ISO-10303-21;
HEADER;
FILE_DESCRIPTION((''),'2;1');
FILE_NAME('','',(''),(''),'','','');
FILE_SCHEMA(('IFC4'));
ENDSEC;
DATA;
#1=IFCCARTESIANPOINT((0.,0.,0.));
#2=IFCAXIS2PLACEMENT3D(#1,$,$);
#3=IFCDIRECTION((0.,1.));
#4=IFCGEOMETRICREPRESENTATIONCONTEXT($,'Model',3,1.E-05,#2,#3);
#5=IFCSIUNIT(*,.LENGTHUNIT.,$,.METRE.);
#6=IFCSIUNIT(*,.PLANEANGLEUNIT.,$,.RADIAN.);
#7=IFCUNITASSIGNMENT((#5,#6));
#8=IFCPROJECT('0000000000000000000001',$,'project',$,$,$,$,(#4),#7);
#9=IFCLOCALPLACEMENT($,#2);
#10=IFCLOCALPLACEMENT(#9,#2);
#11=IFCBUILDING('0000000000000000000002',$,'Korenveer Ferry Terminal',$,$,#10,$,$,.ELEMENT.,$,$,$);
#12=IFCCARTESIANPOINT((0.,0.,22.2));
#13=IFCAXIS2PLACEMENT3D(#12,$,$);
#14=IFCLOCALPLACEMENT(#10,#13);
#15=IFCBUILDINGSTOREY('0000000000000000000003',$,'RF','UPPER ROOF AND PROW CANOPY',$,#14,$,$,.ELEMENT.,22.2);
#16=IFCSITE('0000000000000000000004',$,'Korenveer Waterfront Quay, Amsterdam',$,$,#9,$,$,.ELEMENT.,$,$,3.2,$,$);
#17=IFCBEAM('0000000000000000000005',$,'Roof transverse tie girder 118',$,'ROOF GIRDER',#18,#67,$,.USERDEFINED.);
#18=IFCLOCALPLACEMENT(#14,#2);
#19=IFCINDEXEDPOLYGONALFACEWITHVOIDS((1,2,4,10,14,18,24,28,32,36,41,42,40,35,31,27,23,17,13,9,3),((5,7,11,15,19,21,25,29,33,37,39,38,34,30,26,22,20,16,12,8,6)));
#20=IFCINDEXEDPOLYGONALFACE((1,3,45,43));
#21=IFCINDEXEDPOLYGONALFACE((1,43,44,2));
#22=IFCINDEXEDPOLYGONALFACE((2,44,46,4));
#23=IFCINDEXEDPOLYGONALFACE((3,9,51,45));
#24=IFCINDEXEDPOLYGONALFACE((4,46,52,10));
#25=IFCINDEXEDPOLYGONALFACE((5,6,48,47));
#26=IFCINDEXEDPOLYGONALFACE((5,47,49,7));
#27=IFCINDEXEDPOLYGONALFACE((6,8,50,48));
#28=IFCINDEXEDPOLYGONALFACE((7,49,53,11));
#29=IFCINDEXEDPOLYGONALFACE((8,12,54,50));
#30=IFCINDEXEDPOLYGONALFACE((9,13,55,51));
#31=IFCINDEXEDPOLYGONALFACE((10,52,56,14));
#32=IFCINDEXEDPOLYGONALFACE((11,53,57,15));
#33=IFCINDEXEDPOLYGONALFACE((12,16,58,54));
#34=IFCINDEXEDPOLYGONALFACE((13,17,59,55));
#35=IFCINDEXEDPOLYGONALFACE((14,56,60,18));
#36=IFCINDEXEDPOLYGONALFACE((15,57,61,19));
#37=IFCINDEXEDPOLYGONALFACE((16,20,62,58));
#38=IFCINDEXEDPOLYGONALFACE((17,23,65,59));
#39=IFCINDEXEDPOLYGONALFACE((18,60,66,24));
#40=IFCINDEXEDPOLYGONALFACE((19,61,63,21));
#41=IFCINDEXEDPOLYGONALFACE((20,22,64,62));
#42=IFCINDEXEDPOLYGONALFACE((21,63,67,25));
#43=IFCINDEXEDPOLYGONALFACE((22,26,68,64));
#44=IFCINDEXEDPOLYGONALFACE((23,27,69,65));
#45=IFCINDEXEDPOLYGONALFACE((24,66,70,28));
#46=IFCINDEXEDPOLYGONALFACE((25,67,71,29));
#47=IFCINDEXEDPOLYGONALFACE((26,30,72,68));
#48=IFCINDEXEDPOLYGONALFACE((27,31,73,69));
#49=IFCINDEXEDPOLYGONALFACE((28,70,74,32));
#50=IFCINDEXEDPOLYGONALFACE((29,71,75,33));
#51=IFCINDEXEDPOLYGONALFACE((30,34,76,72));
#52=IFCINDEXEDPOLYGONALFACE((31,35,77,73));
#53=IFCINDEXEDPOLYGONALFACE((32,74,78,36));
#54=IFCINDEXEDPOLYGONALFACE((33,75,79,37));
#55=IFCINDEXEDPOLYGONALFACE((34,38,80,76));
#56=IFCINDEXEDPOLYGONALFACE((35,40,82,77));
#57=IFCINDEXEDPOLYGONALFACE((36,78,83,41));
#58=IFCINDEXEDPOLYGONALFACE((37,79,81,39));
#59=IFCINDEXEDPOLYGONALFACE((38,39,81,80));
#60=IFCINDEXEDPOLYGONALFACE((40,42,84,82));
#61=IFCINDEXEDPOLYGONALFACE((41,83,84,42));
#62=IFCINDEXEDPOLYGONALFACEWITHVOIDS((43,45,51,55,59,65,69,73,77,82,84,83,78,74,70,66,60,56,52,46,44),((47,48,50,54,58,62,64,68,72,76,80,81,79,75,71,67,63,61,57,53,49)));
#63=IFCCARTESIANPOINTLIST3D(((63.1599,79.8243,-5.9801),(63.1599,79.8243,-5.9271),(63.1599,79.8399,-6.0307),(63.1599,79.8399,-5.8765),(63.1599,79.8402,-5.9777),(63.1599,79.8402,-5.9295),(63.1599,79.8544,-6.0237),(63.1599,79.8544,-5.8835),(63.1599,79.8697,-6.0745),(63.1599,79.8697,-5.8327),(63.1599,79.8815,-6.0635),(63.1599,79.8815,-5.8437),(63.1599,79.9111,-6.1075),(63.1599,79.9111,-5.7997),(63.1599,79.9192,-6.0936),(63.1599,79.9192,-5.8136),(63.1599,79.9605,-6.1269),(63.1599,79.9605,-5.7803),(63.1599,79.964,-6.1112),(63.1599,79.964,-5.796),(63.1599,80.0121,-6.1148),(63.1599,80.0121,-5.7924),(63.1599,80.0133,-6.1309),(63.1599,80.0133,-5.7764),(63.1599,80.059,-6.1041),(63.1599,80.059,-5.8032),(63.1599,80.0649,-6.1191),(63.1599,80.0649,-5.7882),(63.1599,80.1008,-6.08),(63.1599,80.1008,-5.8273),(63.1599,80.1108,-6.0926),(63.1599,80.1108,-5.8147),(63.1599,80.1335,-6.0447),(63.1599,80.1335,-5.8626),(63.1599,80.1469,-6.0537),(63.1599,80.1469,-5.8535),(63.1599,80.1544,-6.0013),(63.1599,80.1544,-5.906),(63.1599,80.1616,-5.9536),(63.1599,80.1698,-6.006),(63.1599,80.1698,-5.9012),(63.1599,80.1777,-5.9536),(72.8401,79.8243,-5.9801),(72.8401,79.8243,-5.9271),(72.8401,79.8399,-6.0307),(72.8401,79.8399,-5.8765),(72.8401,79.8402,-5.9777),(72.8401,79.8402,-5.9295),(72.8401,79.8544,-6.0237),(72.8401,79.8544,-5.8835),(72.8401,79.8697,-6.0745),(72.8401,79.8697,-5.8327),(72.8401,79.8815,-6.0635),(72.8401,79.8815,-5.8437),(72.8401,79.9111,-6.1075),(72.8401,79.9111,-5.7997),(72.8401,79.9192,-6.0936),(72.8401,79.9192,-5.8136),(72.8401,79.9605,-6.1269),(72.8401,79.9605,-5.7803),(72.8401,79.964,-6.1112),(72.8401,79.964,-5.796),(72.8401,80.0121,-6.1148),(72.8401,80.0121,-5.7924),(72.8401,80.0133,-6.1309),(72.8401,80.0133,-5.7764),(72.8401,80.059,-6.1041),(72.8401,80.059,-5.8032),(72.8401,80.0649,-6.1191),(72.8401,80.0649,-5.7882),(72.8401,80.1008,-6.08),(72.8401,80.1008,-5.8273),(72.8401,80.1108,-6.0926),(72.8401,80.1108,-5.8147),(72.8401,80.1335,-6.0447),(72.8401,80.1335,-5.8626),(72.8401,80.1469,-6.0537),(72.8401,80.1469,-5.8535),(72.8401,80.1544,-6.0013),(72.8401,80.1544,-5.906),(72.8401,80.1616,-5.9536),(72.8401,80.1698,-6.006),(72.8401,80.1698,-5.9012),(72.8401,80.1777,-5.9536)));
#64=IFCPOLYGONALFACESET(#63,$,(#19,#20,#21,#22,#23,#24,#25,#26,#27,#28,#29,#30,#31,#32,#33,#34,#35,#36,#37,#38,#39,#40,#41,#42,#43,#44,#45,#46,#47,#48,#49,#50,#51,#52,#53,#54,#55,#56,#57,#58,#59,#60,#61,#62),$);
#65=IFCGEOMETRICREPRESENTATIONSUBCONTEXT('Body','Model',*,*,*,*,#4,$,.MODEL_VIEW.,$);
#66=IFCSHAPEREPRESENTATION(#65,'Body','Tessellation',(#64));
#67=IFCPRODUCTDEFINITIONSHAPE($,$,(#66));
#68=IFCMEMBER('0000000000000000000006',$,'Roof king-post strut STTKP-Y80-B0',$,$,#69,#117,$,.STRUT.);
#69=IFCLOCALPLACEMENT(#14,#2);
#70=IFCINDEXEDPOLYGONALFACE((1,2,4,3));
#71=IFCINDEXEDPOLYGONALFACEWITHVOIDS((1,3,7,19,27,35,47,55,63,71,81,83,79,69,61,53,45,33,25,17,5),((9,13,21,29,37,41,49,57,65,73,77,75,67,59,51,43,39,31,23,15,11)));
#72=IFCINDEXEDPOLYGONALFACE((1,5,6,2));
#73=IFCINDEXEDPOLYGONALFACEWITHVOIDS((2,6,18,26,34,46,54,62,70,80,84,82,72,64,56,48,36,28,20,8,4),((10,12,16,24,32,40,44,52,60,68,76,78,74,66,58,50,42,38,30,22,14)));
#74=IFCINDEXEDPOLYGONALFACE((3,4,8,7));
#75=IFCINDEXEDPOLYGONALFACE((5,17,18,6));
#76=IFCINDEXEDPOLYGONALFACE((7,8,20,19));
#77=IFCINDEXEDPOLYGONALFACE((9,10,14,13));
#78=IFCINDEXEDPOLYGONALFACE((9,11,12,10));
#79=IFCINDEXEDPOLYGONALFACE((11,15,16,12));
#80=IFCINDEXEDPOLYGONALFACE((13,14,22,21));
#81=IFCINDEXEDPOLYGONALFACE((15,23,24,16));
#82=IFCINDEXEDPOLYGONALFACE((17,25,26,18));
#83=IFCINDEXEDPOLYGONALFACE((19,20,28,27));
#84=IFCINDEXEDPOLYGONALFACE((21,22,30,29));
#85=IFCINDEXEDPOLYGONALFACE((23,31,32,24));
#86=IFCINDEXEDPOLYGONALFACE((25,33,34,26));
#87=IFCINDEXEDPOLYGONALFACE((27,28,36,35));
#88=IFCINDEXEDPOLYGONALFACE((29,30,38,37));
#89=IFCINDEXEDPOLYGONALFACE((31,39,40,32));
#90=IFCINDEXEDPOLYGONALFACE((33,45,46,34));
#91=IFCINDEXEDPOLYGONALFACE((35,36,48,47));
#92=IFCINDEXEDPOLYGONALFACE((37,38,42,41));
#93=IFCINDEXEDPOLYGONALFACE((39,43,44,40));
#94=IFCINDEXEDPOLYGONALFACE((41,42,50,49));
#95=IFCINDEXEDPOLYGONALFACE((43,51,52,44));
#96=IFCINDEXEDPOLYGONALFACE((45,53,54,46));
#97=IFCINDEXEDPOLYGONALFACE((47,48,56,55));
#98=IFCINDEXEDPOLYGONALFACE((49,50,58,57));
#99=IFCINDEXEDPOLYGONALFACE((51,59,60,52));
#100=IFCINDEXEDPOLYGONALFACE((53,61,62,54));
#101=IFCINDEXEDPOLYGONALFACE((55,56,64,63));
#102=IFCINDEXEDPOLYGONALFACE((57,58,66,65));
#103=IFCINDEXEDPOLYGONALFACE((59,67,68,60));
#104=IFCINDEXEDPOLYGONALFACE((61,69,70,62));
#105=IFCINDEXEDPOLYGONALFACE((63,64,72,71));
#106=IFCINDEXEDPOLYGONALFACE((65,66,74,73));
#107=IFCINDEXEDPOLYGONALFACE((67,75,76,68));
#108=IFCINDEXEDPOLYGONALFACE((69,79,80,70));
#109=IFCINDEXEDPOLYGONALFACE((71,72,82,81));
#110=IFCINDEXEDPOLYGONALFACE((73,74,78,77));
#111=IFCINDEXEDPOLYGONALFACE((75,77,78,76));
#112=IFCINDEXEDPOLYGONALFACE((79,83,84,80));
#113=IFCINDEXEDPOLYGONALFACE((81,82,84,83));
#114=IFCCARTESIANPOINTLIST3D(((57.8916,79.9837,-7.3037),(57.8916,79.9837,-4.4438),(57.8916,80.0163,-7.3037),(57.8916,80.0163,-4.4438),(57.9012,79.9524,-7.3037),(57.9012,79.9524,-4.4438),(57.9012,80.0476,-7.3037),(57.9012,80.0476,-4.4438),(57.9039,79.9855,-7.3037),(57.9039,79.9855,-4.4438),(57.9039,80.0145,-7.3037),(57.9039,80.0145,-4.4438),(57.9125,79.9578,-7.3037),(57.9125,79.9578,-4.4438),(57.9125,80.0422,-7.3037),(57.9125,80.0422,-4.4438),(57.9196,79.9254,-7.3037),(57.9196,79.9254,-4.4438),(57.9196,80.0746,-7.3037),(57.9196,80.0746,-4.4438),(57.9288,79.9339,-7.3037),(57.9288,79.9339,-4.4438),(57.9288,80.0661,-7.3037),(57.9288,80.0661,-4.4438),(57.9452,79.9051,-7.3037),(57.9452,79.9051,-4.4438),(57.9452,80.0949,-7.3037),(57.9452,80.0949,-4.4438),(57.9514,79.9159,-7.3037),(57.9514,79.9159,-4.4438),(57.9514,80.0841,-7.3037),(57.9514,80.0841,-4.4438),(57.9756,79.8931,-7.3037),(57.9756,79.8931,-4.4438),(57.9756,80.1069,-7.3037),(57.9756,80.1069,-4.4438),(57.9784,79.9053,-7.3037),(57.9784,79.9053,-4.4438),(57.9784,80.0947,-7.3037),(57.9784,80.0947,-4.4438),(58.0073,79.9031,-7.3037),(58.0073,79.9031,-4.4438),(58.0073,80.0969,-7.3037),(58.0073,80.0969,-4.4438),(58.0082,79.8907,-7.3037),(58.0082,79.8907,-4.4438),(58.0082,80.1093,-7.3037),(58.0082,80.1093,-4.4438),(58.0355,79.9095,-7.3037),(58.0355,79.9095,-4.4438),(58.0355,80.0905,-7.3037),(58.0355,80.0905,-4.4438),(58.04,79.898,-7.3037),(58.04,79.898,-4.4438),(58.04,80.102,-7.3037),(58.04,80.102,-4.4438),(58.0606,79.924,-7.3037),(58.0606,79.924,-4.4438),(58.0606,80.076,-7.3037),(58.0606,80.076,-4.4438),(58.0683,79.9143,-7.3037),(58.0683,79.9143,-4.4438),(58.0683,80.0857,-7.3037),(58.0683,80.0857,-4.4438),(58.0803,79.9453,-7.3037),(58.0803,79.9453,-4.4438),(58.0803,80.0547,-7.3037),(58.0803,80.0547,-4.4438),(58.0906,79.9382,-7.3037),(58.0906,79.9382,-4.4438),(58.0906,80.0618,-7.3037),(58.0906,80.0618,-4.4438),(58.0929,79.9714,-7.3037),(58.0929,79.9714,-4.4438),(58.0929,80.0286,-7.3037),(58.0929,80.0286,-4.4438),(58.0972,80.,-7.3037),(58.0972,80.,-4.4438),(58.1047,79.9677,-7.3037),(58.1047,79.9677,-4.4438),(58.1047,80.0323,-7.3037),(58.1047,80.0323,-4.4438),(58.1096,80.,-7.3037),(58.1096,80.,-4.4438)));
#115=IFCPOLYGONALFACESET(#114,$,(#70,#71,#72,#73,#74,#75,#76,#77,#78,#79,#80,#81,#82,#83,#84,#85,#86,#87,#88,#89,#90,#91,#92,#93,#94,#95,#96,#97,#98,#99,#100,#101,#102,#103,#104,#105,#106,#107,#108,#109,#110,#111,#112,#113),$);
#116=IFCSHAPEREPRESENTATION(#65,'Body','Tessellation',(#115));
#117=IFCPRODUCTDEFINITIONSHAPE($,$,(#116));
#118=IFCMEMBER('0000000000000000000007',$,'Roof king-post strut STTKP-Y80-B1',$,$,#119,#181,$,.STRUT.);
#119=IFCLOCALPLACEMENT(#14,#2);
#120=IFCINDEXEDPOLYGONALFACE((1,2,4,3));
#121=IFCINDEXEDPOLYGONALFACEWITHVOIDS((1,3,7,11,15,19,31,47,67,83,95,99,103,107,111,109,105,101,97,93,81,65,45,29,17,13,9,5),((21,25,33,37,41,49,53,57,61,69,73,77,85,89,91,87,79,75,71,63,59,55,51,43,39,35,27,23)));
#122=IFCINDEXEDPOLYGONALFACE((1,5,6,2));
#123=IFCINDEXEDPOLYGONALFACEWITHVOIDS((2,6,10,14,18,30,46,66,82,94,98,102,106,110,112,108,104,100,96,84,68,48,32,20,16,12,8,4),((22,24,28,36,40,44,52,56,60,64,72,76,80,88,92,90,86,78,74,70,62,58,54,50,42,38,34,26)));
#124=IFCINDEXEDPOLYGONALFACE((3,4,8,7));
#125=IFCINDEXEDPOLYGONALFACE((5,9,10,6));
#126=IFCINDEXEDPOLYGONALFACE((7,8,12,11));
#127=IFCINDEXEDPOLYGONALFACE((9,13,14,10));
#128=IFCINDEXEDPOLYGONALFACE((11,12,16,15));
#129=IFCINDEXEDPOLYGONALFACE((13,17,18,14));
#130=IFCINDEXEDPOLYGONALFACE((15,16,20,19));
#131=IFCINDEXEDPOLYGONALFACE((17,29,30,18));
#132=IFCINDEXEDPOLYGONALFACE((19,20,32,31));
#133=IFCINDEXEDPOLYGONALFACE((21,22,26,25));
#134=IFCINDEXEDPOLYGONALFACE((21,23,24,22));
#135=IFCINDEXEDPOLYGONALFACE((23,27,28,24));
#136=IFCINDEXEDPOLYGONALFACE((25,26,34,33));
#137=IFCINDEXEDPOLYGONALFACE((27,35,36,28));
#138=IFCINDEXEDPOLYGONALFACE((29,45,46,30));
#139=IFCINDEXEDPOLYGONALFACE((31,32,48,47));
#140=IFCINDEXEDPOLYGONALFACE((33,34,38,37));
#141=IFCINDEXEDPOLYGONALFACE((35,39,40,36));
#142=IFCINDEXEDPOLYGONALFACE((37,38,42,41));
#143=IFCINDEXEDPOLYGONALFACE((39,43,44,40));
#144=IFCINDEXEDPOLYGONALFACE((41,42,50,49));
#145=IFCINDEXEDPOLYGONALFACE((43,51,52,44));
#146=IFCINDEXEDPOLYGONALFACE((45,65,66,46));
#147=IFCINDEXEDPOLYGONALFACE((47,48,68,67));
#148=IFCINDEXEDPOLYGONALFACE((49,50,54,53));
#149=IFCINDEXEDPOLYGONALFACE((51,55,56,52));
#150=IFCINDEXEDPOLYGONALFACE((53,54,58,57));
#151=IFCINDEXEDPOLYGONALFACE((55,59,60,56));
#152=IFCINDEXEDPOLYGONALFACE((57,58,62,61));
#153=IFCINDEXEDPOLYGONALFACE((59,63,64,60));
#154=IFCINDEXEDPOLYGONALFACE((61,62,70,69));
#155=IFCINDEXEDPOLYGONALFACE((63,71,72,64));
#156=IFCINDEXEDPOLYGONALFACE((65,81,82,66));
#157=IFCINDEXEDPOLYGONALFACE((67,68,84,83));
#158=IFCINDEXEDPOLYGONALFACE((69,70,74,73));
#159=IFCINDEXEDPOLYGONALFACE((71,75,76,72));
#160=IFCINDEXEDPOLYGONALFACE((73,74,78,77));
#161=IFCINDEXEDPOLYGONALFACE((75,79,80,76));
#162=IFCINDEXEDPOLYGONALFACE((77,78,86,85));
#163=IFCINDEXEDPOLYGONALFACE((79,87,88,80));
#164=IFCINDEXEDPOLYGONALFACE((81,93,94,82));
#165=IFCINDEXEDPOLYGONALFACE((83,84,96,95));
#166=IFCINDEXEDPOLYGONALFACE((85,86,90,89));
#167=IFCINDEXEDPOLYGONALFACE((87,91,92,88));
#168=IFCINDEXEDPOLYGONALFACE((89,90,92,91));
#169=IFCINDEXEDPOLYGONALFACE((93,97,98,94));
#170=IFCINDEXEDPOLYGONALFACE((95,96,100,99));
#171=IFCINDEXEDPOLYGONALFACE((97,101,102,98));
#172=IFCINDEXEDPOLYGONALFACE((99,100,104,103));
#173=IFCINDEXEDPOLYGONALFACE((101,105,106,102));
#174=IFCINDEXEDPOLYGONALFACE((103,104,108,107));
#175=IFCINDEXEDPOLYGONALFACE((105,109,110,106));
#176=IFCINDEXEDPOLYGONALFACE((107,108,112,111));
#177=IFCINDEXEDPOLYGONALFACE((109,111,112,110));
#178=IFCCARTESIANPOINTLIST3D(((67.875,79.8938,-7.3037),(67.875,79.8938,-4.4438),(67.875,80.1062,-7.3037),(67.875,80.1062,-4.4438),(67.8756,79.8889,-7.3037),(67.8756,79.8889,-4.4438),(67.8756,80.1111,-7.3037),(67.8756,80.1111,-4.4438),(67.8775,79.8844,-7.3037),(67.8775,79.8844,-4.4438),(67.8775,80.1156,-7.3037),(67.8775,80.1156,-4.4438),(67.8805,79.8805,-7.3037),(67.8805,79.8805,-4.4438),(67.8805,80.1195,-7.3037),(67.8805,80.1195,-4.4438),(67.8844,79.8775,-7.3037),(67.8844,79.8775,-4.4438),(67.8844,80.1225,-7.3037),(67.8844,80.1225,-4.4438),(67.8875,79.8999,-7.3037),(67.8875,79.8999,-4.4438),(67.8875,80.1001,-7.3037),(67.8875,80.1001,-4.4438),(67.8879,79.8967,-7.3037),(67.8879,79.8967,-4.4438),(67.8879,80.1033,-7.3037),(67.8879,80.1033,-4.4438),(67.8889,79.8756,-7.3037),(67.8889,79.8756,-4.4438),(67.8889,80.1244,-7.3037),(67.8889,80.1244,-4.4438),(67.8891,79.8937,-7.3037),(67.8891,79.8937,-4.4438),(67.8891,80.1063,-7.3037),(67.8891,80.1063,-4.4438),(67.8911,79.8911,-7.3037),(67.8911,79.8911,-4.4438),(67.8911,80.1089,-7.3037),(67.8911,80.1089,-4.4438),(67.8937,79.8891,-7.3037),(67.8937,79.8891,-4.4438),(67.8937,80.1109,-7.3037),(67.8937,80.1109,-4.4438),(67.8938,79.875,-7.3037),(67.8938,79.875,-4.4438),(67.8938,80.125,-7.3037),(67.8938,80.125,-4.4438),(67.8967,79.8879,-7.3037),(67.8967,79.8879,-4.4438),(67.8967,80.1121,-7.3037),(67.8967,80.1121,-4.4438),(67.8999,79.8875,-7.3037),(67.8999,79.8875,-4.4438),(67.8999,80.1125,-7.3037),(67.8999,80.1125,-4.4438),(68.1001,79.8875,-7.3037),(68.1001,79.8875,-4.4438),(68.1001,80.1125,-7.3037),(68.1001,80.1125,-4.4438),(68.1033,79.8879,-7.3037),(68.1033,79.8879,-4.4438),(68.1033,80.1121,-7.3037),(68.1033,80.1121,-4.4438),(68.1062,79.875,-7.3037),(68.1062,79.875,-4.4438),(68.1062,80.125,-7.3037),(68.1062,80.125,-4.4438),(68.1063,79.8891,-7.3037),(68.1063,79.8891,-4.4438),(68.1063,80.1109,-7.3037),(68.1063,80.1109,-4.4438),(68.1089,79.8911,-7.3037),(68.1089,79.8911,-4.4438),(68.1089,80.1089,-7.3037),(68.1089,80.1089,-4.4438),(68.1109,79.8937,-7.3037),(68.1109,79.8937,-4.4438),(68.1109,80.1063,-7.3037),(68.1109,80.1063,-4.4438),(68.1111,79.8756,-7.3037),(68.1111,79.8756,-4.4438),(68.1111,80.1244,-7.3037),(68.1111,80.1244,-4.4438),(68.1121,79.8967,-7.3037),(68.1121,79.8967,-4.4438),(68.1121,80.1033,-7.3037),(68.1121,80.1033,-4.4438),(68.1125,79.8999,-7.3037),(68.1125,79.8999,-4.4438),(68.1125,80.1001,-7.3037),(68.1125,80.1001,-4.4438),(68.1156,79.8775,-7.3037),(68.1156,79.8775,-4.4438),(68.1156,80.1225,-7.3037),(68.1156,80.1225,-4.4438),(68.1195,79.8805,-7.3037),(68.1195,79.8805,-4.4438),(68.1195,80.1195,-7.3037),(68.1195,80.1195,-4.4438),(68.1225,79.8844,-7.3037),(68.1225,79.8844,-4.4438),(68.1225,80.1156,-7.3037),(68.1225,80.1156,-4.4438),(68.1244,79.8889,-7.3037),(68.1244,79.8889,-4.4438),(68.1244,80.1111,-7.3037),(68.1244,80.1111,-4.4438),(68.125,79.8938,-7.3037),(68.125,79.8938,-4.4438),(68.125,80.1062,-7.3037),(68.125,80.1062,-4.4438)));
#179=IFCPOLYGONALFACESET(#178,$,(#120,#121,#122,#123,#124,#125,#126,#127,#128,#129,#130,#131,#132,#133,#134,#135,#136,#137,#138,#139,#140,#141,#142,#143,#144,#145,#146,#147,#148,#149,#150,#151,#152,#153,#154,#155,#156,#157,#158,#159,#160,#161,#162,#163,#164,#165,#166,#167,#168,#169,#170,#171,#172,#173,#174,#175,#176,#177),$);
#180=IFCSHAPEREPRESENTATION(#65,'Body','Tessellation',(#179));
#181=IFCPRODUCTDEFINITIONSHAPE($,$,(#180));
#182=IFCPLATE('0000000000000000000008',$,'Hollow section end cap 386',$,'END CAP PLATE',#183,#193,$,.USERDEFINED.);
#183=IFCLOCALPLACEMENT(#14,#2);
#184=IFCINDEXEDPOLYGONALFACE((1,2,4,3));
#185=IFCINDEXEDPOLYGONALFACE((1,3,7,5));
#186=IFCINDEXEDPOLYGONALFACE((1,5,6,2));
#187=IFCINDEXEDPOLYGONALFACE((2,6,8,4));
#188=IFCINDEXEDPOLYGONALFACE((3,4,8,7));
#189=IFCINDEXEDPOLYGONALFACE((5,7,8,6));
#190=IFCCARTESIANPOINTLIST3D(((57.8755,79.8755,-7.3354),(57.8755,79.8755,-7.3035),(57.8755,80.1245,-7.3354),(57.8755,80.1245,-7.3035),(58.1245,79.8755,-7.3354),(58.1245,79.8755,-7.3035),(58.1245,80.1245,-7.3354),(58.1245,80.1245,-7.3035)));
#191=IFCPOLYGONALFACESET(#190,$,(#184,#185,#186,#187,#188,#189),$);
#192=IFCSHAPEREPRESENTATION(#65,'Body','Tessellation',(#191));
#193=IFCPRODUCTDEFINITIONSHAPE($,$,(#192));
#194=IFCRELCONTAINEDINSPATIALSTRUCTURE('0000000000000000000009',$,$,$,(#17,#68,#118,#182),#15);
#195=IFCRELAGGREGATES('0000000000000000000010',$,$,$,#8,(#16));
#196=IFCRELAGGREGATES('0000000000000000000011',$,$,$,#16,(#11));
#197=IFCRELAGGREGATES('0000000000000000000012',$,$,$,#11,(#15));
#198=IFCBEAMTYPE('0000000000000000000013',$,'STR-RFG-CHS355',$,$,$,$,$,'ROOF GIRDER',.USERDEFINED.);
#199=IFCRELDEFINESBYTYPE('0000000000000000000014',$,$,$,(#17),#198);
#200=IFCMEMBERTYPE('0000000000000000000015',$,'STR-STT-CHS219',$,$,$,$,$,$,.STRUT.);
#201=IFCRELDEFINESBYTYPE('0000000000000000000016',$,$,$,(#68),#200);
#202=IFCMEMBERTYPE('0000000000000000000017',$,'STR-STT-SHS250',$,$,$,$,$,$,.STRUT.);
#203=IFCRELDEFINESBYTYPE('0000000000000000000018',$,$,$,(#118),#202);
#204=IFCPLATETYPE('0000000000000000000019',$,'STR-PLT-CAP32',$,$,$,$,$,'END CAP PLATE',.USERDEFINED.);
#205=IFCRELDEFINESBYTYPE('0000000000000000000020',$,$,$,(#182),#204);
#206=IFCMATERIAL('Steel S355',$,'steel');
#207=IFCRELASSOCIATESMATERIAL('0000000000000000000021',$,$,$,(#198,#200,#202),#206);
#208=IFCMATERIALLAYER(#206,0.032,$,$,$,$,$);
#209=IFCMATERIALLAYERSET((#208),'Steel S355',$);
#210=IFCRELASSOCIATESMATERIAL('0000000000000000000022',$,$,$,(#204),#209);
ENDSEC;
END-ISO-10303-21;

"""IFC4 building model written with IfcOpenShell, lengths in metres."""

from ifc_helpers import new_model, si_unit, direction, frame, origin, origin_2d, place, context, subcontext, project, spatial, rectangle, hollow_rectangle, hollow_circle, extrude, material, layer, layer_set, material_profile, profile_set, type_object, element, save


model = new_model("IFC4")

# Units and contexts
model_context = context("Model", 3, precision=1e-05, world=origin(), true_north=direction((0.0, 1.0)))
body_context = subcontext(model_context, "Body", "Model", "MODEL_VIEW")
ifc_project = project(units=[si_unit("LENGTHUNIT", "METRE"), si_unit("PLANEANGLEUNIT", "RADIAN")], contexts=[model_context])

# Site, building, storey
site_placement = place(None, origin())
site = spatial("IfcSite", under=ifc_project, at=site_placement, Name="Korenveer Waterfront Quay, Amsterdam", CompositionType="ELEMENT", RefElevation=3.2)
building_placement = place(site_placement, origin())
building = spatial("IfcBuilding", under=site, at=building_placement, Name="Korenveer Ferry Terminal", CompositionType="ELEMENT")
storey_placement = place(building_placement, frame((0.0, 0.0, 22.2)))
storey = spatial("IfcBuildingStorey", under=building, at=storey_placement, Name="RF", Description="UPPER ROOF AND PROW CANOPY", CompositionType="ELEMENT", Elevation=22.2)

# Shared definitions
ifc_material_1 = material(Name="Steel S355", Category="steel")

# Beam
ifc_material_profile_1 = material_profile(ifc_material_1, hollow_circle(Radius=0.1777, WallThickness=0.0161, at=origin_2d()), Name="CHS 355.6x16")
ifc_profile_set_1 = profile_set([ifc_material_profile_1], Name="Steel S355")
beam_type = type_object("IfcBeamType", Name="STR-RFG-CHS355", ElementType="ROOF GIRDER", PredefinedType="USERDEFINED", material=ifc_profile_set_1)
beam_placement = place(storey_placement, frame((63.1599, 80.0, -5.9536), z_axis=(1.0, 0.0, 0.0), x_axis=(0.0, 1.0, 0.0)))
element("IfcBeam", 1, at=beam_placement, inside=storey, type_object=beam_type, Name="Roof transverse tie girder 118", ObjectType="ROOF GIRDER", PredefinedType="USERDEFINED", context=body_context, shape_type="SweptSolid", body=[
    extrude(hollow_circle(Radius=0.1777, WallThickness=0.0161, at=origin_2d()), origin(), (0.0, 0.0, 1.0), 9.6802),
])

# Members
ifc_material_profile_2 = material_profile(ifc_material_1, hollow_circle(Radius=0.1096, WallThickness=0.0125, at=origin_2d()), Name="CHS 219.1x12.5")
ifc_profile_set_2 = profile_set([ifc_material_profile_2], Name="Steel S355")
member_type_1 = type_object("IfcMemberType", Name="STR-STT-CHS219", PredefinedType="STRUT", material=ifc_profile_set_2)
member_1_placement = place(storey_placement, frame((58.0, 80.0, -7.3037), z_axis=(0.0, 0.0, 1.0), x_axis=(1.0, 0.0, 0.0)))
element("IfcMember", 2, at=member_1_placement, inside=storey, type_object=member_type_1, Name="Roof king-post strut STTKP-Y80-B0", PredefinedType="STRUT", context=body_context, shape_type="SweptSolid", body=[
    extrude(hollow_circle(Radius=0.1096, WallThickness=0.0125, at=origin_2d()), origin(), (0.0, 0.0, 1.0), 2.8599),
])
ifc_material_profile_3 = material_profile(ifc_material_1, hollow_rectangle(XDim=0.25, YDim=0.25, WallThickness=0.0125, InnerFilletRadius=0.0125, OuterFilletRadius=0.0188, at=origin_2d()), Name="SHS 250x250x12.5")
ifc_profile_set_3 = profile_set([ifc_material_profile_3], Name="Steel S355")
member_type_2 = type_object("IfcMemberType", Name="STR-STT-SHS250", PredefinedType="STRUT", material=ifc_profile_set_3)
member_2_placement = place(storey_placement, frame((68.0, 80.0, -7.3037), z_axis=(0.0, 0.0, 1.0), x_axis=(1.0, 0.0, 0.0)))
element("IfcMember", 3, at=member_2_placement, inside=storey, type_object=member_type_2, Name="Roof king-post strut STTKP-Y80-B1", PredefinedType="STRUT", context=body_context, shape_type="SweptSolid", body=[
    extrude(hollow_rectangle(XDim=0.25, YDim=0.25, WallThickness=0.0125, InnerFilletRadius=0.0125, OuterFilletRadius=0.0188, at=origin_2d()), origin(), (0.0, 0.0, 1.0), 2.8599),
])

# Plate
ifc_layer_1 = layer(ifc_material_1, 0.032)
ifc_layer_set_1 = layer_set([ifc_layer_1], Name="Steel S355")
plate_type_1 = type_object("IfcPlateType", Name="STR-PLT-CAP32", ElementType="END CAP PLATE", PredefinedType="USERDEFINED", material=ifc_layer_set_1)
for number, where, z_axis, x_axis, name in (
    (4, (58.0, 80.0, -7.3354), (0.0, 0.0, 1.0), (1.0, 0.0, 0.0), "Hollow section end cap 386"),
):
    element("IfcPlate", number, at=place(storey_placement, frame(where, z_axis=z_axis, x_axis=x_axis)), inside=storey, type_object=plate_type_1, Name=name, ObjectType="END CAP PLATE", PredefinedType="USERDEFINED", context=body_context, shape_type="SweptSolid", body=[
        extrude(rectangle(XDim=0.249, YDim=0.249, at=origin_2d()), origin(), (0.0, 0.0, 1.0), 0.032),
    ])

save(model, "model.ifc")
